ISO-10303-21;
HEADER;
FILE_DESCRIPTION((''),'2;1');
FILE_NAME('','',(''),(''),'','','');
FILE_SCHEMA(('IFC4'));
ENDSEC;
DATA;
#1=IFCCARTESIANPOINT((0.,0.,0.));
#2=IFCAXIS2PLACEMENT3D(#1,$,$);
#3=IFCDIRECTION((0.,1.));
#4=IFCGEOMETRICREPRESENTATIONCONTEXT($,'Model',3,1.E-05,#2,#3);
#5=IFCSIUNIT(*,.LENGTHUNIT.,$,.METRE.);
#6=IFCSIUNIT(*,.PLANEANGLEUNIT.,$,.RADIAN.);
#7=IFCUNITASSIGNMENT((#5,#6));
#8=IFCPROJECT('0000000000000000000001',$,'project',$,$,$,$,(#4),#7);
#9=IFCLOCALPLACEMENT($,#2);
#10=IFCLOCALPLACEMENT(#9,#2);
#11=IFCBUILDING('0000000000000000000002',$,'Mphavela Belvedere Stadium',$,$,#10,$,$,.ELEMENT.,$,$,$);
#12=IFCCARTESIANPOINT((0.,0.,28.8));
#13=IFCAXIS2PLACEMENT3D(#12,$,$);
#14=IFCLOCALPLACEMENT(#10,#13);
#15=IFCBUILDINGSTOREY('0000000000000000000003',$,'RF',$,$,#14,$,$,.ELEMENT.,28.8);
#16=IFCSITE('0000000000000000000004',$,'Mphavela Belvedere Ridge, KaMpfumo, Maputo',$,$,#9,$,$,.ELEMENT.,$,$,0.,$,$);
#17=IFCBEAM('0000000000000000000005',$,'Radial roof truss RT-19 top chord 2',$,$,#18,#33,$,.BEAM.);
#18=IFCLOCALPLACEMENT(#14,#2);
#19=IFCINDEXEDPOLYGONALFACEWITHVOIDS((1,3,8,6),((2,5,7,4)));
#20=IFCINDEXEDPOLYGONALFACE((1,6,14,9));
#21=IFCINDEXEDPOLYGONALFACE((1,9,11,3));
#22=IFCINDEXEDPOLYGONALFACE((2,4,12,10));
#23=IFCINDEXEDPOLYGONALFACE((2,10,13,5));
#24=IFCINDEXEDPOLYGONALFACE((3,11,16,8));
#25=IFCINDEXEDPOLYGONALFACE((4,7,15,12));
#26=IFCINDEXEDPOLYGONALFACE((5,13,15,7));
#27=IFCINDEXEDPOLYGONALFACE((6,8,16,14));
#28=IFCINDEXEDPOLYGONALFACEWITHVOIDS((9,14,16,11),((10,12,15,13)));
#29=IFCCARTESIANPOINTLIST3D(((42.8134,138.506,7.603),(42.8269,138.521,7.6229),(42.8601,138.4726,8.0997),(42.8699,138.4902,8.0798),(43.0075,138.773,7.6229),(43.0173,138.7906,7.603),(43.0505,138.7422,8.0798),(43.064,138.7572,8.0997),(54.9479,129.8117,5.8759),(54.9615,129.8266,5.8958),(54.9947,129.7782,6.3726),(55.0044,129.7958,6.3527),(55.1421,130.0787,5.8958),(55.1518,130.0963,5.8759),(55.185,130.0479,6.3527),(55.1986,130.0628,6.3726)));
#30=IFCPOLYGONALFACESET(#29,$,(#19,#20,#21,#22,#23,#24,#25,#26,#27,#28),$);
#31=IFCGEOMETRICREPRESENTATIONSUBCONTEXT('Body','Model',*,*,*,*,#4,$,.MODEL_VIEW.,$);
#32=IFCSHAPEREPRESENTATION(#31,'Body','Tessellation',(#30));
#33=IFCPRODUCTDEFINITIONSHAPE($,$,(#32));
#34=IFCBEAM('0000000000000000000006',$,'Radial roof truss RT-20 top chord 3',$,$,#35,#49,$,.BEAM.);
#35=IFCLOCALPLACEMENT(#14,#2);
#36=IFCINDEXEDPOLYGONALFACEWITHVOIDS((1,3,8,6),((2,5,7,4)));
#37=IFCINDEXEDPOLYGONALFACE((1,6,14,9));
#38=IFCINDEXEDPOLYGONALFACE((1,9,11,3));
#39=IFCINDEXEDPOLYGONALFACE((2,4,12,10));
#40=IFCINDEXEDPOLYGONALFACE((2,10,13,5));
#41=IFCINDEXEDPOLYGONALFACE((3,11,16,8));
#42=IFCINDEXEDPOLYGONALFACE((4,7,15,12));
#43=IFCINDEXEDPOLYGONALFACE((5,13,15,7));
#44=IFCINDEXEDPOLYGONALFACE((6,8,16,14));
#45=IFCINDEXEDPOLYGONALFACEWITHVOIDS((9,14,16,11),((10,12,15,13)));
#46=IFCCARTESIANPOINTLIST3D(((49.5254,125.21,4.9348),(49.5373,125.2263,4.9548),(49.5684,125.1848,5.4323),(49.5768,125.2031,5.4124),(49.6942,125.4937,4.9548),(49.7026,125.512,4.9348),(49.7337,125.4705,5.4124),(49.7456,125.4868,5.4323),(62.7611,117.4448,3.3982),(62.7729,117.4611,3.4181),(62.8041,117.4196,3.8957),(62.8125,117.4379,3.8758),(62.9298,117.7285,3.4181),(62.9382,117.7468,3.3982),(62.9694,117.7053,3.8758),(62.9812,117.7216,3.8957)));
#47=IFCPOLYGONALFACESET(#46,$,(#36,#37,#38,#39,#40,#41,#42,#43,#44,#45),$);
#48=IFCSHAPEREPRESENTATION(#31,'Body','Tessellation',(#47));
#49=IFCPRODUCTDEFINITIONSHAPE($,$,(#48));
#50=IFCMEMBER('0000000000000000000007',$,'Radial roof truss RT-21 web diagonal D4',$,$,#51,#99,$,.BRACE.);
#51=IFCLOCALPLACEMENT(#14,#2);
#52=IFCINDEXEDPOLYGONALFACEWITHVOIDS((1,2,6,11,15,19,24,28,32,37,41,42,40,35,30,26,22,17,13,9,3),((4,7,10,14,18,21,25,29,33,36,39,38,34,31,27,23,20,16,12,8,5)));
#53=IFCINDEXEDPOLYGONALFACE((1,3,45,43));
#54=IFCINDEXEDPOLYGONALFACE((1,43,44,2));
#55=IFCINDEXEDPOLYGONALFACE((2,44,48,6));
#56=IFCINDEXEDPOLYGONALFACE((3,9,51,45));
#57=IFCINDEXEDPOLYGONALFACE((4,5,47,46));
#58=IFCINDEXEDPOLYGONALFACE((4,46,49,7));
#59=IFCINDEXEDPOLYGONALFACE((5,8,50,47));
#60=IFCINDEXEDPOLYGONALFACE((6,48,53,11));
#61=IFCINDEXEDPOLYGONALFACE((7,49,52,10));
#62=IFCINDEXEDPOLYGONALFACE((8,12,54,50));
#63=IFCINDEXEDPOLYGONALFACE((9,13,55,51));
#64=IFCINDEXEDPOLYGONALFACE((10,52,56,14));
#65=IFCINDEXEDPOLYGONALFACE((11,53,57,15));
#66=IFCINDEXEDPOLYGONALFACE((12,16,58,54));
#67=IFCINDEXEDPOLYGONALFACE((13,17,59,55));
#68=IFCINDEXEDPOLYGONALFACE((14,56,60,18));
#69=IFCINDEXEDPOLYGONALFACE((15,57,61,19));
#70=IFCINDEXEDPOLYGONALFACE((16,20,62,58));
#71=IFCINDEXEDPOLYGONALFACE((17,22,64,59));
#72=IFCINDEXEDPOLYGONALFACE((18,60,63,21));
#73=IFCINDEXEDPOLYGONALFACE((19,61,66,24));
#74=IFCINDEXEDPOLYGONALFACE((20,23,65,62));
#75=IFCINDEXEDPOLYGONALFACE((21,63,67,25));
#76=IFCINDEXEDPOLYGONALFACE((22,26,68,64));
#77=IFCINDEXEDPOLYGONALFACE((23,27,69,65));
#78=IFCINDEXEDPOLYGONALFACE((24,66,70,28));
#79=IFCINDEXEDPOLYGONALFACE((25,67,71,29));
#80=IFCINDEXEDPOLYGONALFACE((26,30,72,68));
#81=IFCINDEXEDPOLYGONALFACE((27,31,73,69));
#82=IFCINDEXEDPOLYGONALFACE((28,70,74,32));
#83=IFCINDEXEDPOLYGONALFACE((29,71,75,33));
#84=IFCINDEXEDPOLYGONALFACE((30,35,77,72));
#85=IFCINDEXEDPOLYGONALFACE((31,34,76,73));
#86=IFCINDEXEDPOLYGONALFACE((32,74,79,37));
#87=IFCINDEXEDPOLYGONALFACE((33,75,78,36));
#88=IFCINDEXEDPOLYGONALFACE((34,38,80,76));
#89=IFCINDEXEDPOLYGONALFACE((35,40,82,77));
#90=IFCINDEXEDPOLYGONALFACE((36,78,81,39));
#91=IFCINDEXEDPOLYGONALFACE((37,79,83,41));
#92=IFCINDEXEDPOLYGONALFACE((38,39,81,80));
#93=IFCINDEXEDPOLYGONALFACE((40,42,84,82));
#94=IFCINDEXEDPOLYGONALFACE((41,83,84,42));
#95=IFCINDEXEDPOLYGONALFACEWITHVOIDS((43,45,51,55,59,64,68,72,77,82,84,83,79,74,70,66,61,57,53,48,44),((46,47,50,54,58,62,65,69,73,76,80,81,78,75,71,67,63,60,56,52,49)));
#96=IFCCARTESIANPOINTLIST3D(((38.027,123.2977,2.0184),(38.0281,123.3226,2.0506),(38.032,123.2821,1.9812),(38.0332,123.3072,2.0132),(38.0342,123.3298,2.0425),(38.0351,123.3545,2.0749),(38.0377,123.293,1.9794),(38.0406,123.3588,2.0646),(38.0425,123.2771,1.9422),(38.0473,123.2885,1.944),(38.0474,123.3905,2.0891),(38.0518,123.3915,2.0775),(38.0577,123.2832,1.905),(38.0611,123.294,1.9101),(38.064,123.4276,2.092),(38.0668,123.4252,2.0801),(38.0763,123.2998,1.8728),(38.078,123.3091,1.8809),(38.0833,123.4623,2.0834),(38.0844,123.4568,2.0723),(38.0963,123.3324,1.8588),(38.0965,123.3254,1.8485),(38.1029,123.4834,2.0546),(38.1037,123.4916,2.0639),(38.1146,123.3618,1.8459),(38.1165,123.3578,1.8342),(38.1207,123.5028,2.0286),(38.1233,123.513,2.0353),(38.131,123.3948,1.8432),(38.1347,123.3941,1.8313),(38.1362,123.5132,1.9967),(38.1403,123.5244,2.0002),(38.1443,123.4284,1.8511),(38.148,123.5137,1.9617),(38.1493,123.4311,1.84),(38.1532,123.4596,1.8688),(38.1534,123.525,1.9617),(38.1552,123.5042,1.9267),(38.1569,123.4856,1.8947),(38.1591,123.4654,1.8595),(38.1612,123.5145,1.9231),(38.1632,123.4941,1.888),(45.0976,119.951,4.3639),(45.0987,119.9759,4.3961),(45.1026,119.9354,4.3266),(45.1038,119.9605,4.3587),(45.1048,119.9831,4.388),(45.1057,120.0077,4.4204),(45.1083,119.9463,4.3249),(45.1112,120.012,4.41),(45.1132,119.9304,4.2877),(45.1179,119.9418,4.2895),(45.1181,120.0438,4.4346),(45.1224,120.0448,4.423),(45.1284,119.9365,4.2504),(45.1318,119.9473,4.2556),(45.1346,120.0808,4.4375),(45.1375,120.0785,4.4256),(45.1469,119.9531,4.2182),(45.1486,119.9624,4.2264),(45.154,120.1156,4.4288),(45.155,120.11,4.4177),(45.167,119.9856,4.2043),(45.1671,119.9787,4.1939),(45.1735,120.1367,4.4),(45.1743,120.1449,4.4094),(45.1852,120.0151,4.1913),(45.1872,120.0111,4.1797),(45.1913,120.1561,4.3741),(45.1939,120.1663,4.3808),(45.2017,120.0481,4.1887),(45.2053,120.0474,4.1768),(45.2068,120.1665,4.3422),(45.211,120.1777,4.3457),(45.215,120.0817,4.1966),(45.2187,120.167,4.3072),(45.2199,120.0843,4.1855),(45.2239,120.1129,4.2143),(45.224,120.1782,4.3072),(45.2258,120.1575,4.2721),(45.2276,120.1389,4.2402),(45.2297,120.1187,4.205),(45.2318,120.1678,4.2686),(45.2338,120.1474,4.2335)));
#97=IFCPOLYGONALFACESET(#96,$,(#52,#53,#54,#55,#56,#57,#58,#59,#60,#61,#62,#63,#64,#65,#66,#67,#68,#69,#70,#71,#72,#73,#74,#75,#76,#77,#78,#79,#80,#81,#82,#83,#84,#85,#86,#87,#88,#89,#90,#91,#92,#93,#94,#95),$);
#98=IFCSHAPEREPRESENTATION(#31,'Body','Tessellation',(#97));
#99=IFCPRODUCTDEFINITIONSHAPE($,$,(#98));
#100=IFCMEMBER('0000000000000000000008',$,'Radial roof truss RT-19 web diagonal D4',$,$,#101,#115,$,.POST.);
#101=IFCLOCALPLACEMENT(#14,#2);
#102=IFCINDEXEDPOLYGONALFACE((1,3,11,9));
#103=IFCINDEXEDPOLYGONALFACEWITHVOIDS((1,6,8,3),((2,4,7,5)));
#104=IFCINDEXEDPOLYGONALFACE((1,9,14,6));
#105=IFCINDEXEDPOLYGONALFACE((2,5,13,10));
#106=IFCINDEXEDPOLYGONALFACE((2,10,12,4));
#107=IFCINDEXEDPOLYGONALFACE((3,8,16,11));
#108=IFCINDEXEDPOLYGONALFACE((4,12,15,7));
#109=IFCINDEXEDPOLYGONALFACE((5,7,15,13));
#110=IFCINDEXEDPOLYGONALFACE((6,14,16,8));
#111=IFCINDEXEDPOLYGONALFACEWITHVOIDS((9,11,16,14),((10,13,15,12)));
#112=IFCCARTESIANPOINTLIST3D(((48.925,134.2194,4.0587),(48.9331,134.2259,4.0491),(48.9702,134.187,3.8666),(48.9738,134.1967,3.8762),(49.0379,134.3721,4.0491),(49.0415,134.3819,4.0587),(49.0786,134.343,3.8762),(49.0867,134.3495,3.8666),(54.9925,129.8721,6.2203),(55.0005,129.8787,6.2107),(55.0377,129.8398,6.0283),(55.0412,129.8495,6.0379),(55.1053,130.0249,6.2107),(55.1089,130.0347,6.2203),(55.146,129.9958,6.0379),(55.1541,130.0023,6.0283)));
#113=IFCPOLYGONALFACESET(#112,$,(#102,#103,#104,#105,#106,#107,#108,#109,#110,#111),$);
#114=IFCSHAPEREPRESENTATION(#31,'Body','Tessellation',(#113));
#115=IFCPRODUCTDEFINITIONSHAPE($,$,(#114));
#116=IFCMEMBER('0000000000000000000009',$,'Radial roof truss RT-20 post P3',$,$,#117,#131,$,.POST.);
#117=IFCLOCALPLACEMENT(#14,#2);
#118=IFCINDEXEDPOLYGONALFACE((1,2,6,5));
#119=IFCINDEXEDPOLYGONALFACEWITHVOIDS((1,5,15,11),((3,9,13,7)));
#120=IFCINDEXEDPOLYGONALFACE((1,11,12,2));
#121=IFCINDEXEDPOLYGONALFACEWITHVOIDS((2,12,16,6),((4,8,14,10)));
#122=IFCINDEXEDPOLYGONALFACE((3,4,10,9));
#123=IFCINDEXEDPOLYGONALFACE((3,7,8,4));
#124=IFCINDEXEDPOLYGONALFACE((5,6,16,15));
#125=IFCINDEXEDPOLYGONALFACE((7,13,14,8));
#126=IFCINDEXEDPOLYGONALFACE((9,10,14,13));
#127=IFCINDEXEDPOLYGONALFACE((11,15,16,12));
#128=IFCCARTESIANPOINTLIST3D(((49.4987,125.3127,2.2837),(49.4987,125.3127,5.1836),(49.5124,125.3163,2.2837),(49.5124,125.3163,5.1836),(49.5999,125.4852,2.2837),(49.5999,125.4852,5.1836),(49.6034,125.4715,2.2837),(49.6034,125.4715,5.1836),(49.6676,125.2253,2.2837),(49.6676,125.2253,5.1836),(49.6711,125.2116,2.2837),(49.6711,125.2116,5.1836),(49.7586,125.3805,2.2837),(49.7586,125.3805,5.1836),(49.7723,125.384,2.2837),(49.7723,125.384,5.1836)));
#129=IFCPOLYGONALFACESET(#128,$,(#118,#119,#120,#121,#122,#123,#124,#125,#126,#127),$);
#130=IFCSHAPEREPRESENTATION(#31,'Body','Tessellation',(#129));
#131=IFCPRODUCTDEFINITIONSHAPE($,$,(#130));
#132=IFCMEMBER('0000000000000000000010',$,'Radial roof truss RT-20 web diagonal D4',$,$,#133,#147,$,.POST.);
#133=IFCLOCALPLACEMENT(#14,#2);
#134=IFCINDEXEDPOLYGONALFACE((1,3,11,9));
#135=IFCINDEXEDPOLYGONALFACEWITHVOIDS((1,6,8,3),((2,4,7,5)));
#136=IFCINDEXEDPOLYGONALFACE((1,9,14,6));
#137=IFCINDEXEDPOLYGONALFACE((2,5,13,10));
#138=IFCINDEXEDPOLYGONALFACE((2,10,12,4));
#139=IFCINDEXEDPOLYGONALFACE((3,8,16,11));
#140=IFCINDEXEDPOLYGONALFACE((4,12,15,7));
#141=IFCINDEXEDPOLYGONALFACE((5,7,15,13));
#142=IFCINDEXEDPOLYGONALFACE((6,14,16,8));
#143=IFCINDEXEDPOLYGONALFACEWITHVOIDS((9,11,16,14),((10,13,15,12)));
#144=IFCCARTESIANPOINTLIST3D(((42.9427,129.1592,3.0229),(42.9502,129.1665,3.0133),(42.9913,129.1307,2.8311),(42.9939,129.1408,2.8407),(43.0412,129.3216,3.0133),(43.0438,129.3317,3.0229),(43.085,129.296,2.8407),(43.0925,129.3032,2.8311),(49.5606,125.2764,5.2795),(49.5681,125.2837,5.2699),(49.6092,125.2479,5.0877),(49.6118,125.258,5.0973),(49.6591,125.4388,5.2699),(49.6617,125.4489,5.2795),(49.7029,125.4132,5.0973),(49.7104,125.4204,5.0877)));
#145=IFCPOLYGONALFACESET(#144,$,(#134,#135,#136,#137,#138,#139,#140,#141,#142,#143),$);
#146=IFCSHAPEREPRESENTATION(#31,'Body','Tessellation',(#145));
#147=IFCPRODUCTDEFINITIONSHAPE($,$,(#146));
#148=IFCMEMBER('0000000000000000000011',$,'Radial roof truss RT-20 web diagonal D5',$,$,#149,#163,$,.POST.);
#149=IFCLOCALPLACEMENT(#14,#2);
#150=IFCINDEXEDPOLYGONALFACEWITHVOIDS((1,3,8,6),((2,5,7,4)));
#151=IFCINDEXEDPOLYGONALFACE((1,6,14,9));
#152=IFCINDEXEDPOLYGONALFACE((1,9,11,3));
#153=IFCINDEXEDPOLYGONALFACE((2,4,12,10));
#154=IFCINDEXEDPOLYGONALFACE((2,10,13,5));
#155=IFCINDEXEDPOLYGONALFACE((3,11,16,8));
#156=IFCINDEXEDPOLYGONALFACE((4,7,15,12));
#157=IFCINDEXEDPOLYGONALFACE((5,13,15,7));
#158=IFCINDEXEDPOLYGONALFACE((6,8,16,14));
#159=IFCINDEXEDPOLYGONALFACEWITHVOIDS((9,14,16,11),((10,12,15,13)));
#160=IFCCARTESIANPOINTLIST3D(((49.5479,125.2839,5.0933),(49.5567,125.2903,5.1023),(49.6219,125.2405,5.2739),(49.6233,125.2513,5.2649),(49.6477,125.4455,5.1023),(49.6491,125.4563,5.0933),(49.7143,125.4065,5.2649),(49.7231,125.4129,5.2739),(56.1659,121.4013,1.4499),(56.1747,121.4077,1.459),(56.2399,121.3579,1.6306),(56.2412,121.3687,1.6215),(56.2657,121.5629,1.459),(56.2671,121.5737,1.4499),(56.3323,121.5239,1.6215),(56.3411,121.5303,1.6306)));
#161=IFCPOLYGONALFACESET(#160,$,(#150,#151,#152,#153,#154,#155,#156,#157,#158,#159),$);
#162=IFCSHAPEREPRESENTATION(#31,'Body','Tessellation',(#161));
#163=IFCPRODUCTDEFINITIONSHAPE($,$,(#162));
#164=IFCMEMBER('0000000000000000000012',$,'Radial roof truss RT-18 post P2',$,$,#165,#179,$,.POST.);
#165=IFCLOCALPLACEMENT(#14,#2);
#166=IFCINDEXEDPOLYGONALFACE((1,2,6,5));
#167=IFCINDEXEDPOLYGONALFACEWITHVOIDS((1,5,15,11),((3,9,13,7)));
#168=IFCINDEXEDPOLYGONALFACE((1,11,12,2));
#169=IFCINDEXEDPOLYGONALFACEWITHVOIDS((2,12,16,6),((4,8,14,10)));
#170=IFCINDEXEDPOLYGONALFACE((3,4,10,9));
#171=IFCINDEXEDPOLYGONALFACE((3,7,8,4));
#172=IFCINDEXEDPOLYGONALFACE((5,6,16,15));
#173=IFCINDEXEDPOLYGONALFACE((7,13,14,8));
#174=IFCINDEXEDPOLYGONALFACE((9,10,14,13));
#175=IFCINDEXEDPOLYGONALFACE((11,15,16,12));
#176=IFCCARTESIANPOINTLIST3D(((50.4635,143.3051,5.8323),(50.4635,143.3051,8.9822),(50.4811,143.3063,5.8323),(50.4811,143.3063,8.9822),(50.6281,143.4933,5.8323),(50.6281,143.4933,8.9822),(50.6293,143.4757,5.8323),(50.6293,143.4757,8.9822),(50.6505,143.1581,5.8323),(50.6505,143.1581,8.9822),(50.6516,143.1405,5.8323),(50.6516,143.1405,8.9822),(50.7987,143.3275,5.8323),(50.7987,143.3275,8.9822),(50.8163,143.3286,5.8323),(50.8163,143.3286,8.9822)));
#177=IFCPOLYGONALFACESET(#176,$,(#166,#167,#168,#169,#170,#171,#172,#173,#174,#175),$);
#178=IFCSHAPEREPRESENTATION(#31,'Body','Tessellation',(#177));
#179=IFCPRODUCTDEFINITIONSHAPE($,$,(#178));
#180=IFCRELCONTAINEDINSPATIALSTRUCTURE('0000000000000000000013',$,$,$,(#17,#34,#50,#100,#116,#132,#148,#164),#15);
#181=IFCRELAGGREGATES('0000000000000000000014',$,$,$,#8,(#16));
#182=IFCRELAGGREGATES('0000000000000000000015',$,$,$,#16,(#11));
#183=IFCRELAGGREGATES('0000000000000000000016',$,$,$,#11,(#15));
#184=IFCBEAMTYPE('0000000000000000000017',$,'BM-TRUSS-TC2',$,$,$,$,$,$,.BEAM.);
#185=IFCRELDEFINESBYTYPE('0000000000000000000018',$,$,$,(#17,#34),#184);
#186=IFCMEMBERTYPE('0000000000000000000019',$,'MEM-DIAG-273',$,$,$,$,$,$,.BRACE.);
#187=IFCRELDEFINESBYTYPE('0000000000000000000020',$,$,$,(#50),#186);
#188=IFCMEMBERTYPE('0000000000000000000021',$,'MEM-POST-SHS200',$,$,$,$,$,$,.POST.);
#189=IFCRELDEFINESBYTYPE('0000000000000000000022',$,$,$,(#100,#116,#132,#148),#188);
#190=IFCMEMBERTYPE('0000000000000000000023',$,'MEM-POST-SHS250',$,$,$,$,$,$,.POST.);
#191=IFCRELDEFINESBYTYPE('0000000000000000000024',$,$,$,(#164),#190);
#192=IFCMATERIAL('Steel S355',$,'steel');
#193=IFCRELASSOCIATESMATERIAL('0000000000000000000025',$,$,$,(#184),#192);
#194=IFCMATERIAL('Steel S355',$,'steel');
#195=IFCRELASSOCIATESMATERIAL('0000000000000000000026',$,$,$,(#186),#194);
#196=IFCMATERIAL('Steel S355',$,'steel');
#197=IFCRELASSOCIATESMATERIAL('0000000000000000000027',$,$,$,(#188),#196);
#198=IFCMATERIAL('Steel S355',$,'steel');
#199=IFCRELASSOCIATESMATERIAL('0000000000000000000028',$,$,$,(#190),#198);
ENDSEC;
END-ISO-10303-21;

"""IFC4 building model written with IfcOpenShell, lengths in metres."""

from ifc_helpers import new_model, si_unit, direction, frame, origin, origin_2d, place, context, subcontext, project, spatial, hollow_rectangle, hollow_circle, extrude, material, material_profile, profile_set, type_object, element, save


model = new_model("IFC4")

# Units and contexts
model_context = context("Model", 3, precision=1e-05, world=origin(), true_north=direction((0.0, 1.0)))
body_context = subcontext(model_context, "Body", "Model", "MODEL_VIEW")
ifc_project = project(units=[si_unit("LENGTHUNIT", "METRE"), si_unit("PLANEANGLEUNIT", "RADIAN")], contexts=[model_context])

# Site, building, storey
site_placement = place(None, origin())
site = spatial("IfcSite", under=ifc_project, at=site_placement, Name="Mphavela Belvedere Ridge, KaMpfumo, Maputo", CompositionType="ELEMENT", RefElevation=0.0)
building_placement = place(site_placement, origin())
building = spatial("IfcBuilding", under=site, at=building_placement, Name="Mphavela Belvedere Stadium", CompositionType="ELEMENT")
storey_placement = place(building_placement, frame((0.0, 0.0, 28.8)))
storey = spatial("IfcBuildingStorey", under=building, at=storey_placement, Name="RF", CompositionType="ELEMENT", Elevation=28.8)

# Beams
ifc_material_1 = material(Name="Steel S355", Category="steel")
ifc_material_profile_1 = material_profile(ifc_material_1, hollow_rectangle(XDim=0.3501, YDim=0.5, WallThickness=0.02, at=origin_2d()), Name="RHS 500x350x20")
ifc_profile_set_1 = profile_set([ifc_material_profile_1], Name="Steel S355")
beam_type_1 = type_object("IfcBeamType", Name="BM-TRUSS-TC2", PredefinedType="BEAM", material=ifc_profile_set_1)
beam_1_placement = place(storey_placement, frame((42.9387, 138.6316, 7.8513), z_axis=(0.807497, -0.578568, -0.114927), x_axis=(0.582427, 0.812883, 0.0)))
element("IfcBeam", 1, at=beam_1_placement, inside=storey, type_object=beam_type_1, Name="Radial roof truss RT-19 top chord 2", PredefinedType="BEAM", context=body_context, shape_type="SweptSolid", body=[
    extrude(hollow_rectangle(XDim=0.3501, YDim=0.5, WallThickness=0.02, at=origin_2d()), origin(), (0.0, 0.0, 1.0), 15.0273),
])
beam_2_placement = place(storey_placement, frame((49.6355, 125.3484, 5.1836), z_axis=(0.858226, -0.503509, -0.099638), x_axis=(0.506027, 0.862518, 0.0)))
element("IfcBeam", 2, at=beam_2_placement, inside=storey, type_object=beam_type_1, Name="Radial roof truss RT-20 top chord 3", PredefinedType="BEAM", context=body_context, shape_type="SweptSolid", body=[
    extrude(hollow_rectangle(XDim=0.3501, YDim=0.5, WallThickness=0.02, at=origin_2d()), origin(), (0.0, 0.0, 1.0), 15.4221),
])

# Members
ifc_material_2 = material(Name="Steel S355", Category="steel")
ifc_material_profile_2 = material_profile(ifc_material_2, hollow_circle(Radius=0.1365, WallThickness=0.0125, at=origin_2d()), Name="CHS 273x12.5")
ifc_profile_set_2 = profile_set([ifc_material_profile_2], Name="Steel S355")
member_type_1 = type_object("IfcMemberType", Name="MEM-DIAG-273", PredefinedType="BRACE", material=ifc_profile_set_2)
member_1_placement = place(storey_placement, frame((38.095, 123.4016, 1.9617), z_axis=(0.865784, -0.409798, 0.2872), x_axis=(0.427822, 0.903863, 0.0)))
element("IfcMember", 3, at=member_1_placement, inside=storey, type_object=member_type_1, Name="Radial roof truss RT-21 web diagonal D4", PredefinedType="BRACE", context=body_context, shape_type="SweptSolid", body=[
    extrude(hollow_circle(Radius=0.1365, WallThickness=0.0125, at=origin_2d()), origin(), (0.0, 0.0, 1.0), 8.1667),
])
ifc_material_3 = material(Name="Steel S355", Category="steel")
ifc_material_profile_3 = material_profile(ifc_material_3, hollow_rectangle(XDim=0.2, YDim=0.2, WallThickness=0.01, at=origin_2d()), Name="SHS 200x200x10")
ifc_profile_set_3 = profile_set([ifc_material_profile_3], Name="Steel S355")
member_type_2 = type_object("IfcMemberType", Name="MEM-POST-SHS200", PredefinedType="POST", material=ifc_profile_set_3)
member_2_placement = place(storey_placement, frame((49.0059, 134.2844, 3.9626), z_axis=(0.780804, -0.559431, 0.278176), x_axis=(0.58242, 0.812888, 0.0)))
element("IfcMember", 4, at=member_2_placement, inside=storey, type_object=member_type_2, Name="Radial roof truss RT-19 web diagonal D4", PredefinedType="POST", context=body_context, shape_type="SweptSolid", body=[
    extrude(hollow_rectangle(XDim=0.2, YDim=0.2, WallThickness=0.01, at=origin_2d()), origin(), (0.0, 0.0, 1.0), 7.7708),
])
member_3_placement = place(storey_placement, frame((49.6355, 125.3484, 2.2837), z_axis=(0.0, 0.0, 1.0), x_axis=(-0.862514, 0.506034, 0.0)))
element("IfcMember", 5, at=member_3_placement, inside=storey, type_object=member_type_2, Name="Radial roof truss RT-20 post P3", PredefinedType="POST", context=body_context, shape_type="SweptSolid", body=[
    extrude(hollow_rectangle(XDim=0.2, YDim=0.2, WallThickness=0.01, at=origin_2d()), origin(), (0.0, 0.0, 1.0), 2.8999),
])
member_4_placement = place(storey_placement, frame((43.0176, 129.2312, 2.927), z_axis=(0.827464, -0.485483, 0.28215), x_axis=(0.506044, 0.862508, 0.0)))
element("IfcMember", 6, at=member_4_placement, inside=storey, type_object=member_type_2, Name="Radial roof truss RT-20 web diagonal D4", PredefinedType="POST", context=body_context, shape_type="SweptSolid", body=[
    extrude(hollow_rectangle(XDim=0.2, YDim=0.2, WallThickness=0.01, at=origin_2d()), origin(), (0.0, 0.0, 1.0), 7.9978),
])
member_5_placement = place(storey_placement, frame((49.6355, 125.3484, 5.1836), z_axis=(0.779146, -0.457105, -0.428937), x_axis=(0.50602, 0.862522, 0.0)))
element("IfcMember", 7, at=member_5_placement, inside=storey, type_object=member_type_2, Name="Radial roof truss RT-20 web diagonal D5", PredefinedType="POST", context=body_context, shape_type="SweptSolid", body=[
    extrude(hollow_rectangle(XDim=0.2, YDim=0.2, WallThickness=0.01, at=origin_2d()), origin(), (0.0, 0.0, 1.0), 8.4939),
])
ifc_material_4 = material(Name="Steel S355", Category="steel")
ifc_material_profile_4 = material_profile(ifc_material_4, hollow_rectangle(XDim=0.25, YDim=0.25, WallThickness=0.0125, at=origin_2d()), Name="SHS 250x250x12.5")
ifc_profile_set_4 = profile_set([ifc_material_profile_4], Name="Steel S355")
member_type_3 = type_object("IfcMemberType", Name="MEM-POST-SHS250", PredefinedType="POST", material=ifc_profile_set_4)
member_6_placement = place(storey_placement, frame((50.6399, 143.3169, 5.8323), z_axis=(0.0, 0.0, 1.0), x_axis=(-0.75253, 0.658558, 0.0)))
element("IfcMember", 8, at=member_6_placement, inside=storey, type_object=member_type_3, Name="Radial roof truss RT-18 post P2", PredefinedType="POST", context=body_context, shape_type="SweptSolid", body=[
    extrude(hollow_rectangle(XDim=0.25, YDim=0.25, WallThickness=0.0125, at=origin_2d()), origin(), (0.0, 0.0, 1.0), 3.1499),
])

save(model, "model.ifc")
